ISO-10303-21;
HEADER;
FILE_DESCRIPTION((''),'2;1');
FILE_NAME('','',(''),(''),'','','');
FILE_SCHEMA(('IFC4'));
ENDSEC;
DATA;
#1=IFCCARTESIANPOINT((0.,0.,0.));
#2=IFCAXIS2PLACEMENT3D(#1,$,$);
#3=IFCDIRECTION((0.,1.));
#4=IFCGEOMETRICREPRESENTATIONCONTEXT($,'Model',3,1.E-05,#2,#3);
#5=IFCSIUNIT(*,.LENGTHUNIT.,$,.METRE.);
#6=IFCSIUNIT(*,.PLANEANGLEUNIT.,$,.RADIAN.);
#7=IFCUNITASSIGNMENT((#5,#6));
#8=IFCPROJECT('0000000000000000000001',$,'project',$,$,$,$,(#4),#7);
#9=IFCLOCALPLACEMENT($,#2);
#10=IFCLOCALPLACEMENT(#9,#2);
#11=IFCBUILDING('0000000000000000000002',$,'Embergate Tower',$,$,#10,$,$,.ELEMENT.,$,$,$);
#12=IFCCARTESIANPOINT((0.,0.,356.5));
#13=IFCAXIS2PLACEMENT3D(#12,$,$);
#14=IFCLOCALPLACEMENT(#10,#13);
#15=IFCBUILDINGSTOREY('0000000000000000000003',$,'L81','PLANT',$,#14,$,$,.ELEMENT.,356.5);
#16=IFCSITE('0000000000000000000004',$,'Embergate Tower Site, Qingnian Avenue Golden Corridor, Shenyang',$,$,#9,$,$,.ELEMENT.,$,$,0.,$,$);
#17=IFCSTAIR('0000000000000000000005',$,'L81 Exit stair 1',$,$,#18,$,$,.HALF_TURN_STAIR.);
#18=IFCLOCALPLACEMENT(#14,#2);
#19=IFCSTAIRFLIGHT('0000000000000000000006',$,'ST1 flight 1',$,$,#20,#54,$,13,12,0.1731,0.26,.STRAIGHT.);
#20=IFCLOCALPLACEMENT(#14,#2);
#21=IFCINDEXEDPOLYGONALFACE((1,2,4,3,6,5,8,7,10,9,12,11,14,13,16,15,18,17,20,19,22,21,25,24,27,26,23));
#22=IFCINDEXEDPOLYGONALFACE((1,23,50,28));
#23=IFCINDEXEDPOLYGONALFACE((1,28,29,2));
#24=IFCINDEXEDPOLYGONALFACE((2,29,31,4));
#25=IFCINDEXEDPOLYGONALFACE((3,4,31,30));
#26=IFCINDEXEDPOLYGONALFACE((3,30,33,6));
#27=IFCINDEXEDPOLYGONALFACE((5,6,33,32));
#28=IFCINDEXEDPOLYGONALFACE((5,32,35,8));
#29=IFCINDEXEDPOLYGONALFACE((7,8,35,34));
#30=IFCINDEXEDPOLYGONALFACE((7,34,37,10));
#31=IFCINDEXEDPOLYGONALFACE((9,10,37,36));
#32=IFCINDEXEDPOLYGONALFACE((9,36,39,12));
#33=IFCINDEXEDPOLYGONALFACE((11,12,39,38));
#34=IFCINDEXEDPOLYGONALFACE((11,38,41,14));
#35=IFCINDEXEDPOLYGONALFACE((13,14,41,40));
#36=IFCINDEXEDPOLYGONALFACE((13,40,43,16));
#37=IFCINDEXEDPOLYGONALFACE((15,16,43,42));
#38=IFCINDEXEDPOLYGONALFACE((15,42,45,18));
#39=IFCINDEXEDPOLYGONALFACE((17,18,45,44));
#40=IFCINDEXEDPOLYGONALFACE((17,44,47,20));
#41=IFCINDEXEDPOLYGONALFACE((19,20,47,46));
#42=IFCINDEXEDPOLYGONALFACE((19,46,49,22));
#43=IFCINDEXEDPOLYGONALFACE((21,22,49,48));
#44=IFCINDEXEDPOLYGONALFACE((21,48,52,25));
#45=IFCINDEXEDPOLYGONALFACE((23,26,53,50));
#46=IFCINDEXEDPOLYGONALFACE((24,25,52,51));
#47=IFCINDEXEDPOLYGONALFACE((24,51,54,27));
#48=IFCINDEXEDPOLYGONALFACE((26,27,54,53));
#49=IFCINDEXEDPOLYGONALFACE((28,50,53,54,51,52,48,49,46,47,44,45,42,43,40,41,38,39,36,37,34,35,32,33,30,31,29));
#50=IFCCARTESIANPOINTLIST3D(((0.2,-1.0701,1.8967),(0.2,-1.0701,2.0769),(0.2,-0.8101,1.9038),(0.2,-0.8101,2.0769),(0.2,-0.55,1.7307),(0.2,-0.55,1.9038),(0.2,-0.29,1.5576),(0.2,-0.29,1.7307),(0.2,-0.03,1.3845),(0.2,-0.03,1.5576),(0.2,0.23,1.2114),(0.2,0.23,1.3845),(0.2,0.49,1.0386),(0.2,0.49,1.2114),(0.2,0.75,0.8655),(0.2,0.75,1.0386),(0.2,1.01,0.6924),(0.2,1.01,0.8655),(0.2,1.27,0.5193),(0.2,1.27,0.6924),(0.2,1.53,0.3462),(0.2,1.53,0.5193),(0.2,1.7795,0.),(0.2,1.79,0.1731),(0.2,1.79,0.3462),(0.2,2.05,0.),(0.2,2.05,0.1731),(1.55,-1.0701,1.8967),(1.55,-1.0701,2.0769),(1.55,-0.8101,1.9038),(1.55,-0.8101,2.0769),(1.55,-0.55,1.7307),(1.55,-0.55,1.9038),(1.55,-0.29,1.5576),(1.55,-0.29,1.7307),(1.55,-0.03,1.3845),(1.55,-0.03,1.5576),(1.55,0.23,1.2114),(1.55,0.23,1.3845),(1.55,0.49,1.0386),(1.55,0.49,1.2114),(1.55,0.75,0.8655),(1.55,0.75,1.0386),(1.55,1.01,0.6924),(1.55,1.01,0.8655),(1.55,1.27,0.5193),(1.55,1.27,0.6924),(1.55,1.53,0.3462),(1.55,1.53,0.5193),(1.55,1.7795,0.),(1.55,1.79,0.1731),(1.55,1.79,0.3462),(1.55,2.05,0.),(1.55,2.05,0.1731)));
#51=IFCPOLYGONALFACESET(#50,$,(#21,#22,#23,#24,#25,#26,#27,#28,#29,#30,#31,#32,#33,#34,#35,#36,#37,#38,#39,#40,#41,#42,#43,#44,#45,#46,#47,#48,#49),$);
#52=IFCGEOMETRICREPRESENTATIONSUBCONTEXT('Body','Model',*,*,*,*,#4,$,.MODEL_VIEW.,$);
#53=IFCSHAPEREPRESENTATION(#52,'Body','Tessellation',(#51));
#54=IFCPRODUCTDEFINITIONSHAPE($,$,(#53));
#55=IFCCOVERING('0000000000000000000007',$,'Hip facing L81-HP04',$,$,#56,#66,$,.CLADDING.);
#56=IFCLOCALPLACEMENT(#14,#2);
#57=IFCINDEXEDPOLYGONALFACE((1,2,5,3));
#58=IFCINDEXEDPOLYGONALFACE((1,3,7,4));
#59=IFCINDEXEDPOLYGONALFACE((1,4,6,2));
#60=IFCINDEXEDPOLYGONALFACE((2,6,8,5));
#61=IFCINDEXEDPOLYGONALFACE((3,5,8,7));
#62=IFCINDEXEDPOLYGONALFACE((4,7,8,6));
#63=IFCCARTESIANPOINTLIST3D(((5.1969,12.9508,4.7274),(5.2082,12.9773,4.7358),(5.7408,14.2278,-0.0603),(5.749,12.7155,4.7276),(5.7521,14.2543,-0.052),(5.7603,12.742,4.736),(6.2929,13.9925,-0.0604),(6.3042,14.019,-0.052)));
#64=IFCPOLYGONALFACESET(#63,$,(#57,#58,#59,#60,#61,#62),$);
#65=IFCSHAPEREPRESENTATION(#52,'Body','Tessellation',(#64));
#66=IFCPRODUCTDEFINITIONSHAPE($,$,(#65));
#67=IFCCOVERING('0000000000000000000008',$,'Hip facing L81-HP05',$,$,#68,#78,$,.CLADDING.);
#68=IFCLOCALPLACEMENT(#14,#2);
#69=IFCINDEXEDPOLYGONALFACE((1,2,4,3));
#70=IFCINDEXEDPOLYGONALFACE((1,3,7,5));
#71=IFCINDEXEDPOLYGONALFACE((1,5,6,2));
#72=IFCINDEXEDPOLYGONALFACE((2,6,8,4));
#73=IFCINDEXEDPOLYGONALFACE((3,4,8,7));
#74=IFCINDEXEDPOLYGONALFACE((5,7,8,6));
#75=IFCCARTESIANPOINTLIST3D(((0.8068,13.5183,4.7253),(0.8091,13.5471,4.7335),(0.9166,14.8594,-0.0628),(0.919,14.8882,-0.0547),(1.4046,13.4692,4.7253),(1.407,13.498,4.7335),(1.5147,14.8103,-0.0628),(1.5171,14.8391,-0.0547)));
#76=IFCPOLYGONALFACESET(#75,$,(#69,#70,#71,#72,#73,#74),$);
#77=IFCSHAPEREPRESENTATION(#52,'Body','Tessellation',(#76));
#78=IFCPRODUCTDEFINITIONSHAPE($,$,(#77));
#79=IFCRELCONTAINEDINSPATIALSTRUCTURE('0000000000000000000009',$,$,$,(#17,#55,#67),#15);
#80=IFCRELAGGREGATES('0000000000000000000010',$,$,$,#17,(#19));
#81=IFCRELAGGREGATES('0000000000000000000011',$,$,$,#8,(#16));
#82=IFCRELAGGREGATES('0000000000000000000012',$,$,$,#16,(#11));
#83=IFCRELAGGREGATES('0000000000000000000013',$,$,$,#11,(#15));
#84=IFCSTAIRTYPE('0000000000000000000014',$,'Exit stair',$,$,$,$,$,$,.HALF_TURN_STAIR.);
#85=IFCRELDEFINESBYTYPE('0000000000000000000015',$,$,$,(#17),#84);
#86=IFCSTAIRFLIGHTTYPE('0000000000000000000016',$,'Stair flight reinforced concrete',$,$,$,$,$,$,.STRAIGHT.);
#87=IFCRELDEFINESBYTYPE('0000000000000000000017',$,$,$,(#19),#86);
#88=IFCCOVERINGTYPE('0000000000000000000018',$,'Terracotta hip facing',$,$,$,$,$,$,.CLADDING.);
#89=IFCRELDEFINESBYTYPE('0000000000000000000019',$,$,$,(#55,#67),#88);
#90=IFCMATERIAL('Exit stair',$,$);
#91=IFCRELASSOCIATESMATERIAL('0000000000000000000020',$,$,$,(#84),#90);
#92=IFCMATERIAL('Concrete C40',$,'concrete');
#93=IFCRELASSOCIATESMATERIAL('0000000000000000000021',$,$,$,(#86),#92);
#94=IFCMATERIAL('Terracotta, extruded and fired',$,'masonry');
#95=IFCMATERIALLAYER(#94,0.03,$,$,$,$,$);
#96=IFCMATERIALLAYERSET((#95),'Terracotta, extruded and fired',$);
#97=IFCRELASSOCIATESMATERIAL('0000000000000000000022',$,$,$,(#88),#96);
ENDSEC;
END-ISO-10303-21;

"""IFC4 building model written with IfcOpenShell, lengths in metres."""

from ifc_helpers import new_model, si_unit, direction, frame, origin, place, context, subcontext, project, spatial, polyline, outline, extrude, source, transform, mapped, material, layer, layer_set, type_object, element, aggregate, save


model = new_model("IFC4")

# Units and contexts
model_context = context("Model", 3, precision=1e-05, world=origin(), true_north=direction((0.0, 1.0)))
body_context = subcontext(model_context, "Body", "Model", "MODEL_VIEW")
ifc_project = project(units=[si_unit("LENGTHUNIT", "METRE"), si_unit("PLANEANGLEUNIT", "RADIAN")], contexts=[model_context])

# Site, building, storey
site_placement = place(None, origin())
site = spatial("IfcSite", under=ifc_project, at=site_placement, Name="Embergate Tower Site, Qingnian Avenue Golden Corridor, Shenyang", CompositionType="ELEMENT", RefElevation=0.0)
building_placement = place(site_placement, origin())
building = spatial("IfcBuilding", under=site, at=building_placement, Name="Embergate Tower", CompositionType="ELEMENT")
storey_placement = place(building_placement, frame((0.0, 0.0, 356.5)))
storey = spatial("IfcBuildingStorey", under=building, at=storey_placement, Name="L81", Description="PLANT", CompositionType="ELEMENT", Elevation=356.5)

# Stair, stair flight
ifc_material_1 = material(Name="Exit stair")
stair_type = type_object("IfcStairType", Name="Exit stair", PredefinedType="HALF_TURN_STAIR", material=ifc_material_1)
stair_placement = place(storey_placement, origin())
stair = element("IfcStair", 1, at=stair_placement, inside=storey, type_object=stair_type, Name="L81 Exit stair 1", PredefinedType="HALF_TURN_STAIR")
ifc_material_2 = material(Name="Concrete C40", Category="concrete")
stair_flight_type = type_object("IfcStairFlightType", Name="Stair flight reinforced concrete", PredefinedType="STRAIGHT", material=ifc_material_2)
shared_shape_1 = source(origin(), body_context, "Body", "SweptSolid", [
    extrude(outline(polyline([(0.0, 0.0), (0.0, 0.1731), (0.26, 0.1731), (0.26, 0.3462), (0.52, 0.3462), (0.52, 0.5193), (0.78, 0.5193), (0.78, 0.6924), (1.04, 0.6924), (1.04, 0.8655), (1.3, 0.8655), (1.3, 1.0386), (1.5601, 1.0386), (1.5601, 1.2114), (1.8201, 1.2114), (1.8201, 1.3845), (2.0801, 1.3845), (2.0801, 1.5576), (2.3401, 1.5576), (2.3401, 1.7307), (2.6001, 1.7307), (2.6001, 1.9038), (2.8601, 1.9038), (2.8601, 2.0769), (3.1201, 2.0769), (3.1201, 2.25), (3.1201, 1.8967), (0.2705, 0.0), (0.0, 0.0)])), frame((0.0, 0.675, 0.0), z_axis=(0.0, -1.0, 0.0), x_axis=(1.0, 0.0, 0.0)), (0.0, 0.0, 1.0), 1.3501),
])
stair_flight_placement = place(storey_placement, frame((0.875, 2.05, 0.0), z_axis=(0.0, 0.0, 1.0), x_axis=(0.0, -1.0, 0.0)))
stair_flight = element("IfcStairFlight", 2, at=stair_flight_placement, type_object=stair_flight_type, Name="ST1 flight 1", NumberOfRisers=13, NumberOfTreads=12, PredefinedType="STRAIGHT", RiserHeight=0.1731, TreadLength=0.26, context=body_context, shape_type="MappedRepresentation", body=[
    mapped(shared_shape_1, transform((0.0, 0.0, 0.0))),
])
aggregate(stair, [stair_flight])

# Coverings
ifc_material_3 = material(Name="Terracotta, extruded and fired", Category="masonry")
ifc_layer_1 = layer(ifc_material_3, 0.03)
ifc_layer_set_1 = layer_set([ifc_layer_1], Name="Terracotta, extruded and fired")
covering_type = type_object("IfcCoveringType", Name="Terracotta hip facing", PredefinedType="CLADDING", material=ifc_layer_set_1)
shared_shape_2 = source(origin(), body_context, "Body", "SweptSolid", [
    extrude(outline(polyline([(0.0, 0.0), (4.9851, 0.0), (4.9849, -0.6001), (0.0, -0.6001), (0.0, 0.0)])), origin(), (0.0, 0.0, -1.0), 0.03),
])
covering_1_placement = place(storey_placement, frame((6.3042, 14.019, -0.052), z_axis=(0.376525, 0.883573, 0.278437), x_axis=(-0.109108, -0.256169, 0.960454)))
element("IfcCovering", 3, at=covering_1_placement, inside=storey, type_object=covering_type, Name="Hip facing L81-HP04", PredefinedType="CLADDING", context=body_context, shape_type="MappedRepresentation", body=[
    mapped(shared_shape_2, transform((0.0, 0.0, 0.0))),
])
shared_shape_3 = source(origin(), body_context, "Body", "SweptSolid", [
    extrude(outline(polyline([(0.0, 0.0), (4.9736, 0.0), (4.9736, -0.5999), (0.0, -0.6001), (0.0, 0.0)])), origin(), (0.0, 0.0, -1.0), 0.03),
])
covering_2_placement = place(storey_placement, frame((1.5171, 14.8391, -0.0547), z_axis=(0.078733, 0.959483, 0.270544), x_axis=(-0.022138, -0.269637, 0.962708)))
element("IfcCovering", 4, at=covering_2_placement, inside=storey, type_object=covering_type, Name="Hip facing L81-HP05", PredefinedType="CLADDING", context=body_context, shape_type="MappedRepresentation", body=[
    mapped(shared_shape_3, transform((0.0, 0.0, 0.0))),
])

save(model, "model.ifc")
